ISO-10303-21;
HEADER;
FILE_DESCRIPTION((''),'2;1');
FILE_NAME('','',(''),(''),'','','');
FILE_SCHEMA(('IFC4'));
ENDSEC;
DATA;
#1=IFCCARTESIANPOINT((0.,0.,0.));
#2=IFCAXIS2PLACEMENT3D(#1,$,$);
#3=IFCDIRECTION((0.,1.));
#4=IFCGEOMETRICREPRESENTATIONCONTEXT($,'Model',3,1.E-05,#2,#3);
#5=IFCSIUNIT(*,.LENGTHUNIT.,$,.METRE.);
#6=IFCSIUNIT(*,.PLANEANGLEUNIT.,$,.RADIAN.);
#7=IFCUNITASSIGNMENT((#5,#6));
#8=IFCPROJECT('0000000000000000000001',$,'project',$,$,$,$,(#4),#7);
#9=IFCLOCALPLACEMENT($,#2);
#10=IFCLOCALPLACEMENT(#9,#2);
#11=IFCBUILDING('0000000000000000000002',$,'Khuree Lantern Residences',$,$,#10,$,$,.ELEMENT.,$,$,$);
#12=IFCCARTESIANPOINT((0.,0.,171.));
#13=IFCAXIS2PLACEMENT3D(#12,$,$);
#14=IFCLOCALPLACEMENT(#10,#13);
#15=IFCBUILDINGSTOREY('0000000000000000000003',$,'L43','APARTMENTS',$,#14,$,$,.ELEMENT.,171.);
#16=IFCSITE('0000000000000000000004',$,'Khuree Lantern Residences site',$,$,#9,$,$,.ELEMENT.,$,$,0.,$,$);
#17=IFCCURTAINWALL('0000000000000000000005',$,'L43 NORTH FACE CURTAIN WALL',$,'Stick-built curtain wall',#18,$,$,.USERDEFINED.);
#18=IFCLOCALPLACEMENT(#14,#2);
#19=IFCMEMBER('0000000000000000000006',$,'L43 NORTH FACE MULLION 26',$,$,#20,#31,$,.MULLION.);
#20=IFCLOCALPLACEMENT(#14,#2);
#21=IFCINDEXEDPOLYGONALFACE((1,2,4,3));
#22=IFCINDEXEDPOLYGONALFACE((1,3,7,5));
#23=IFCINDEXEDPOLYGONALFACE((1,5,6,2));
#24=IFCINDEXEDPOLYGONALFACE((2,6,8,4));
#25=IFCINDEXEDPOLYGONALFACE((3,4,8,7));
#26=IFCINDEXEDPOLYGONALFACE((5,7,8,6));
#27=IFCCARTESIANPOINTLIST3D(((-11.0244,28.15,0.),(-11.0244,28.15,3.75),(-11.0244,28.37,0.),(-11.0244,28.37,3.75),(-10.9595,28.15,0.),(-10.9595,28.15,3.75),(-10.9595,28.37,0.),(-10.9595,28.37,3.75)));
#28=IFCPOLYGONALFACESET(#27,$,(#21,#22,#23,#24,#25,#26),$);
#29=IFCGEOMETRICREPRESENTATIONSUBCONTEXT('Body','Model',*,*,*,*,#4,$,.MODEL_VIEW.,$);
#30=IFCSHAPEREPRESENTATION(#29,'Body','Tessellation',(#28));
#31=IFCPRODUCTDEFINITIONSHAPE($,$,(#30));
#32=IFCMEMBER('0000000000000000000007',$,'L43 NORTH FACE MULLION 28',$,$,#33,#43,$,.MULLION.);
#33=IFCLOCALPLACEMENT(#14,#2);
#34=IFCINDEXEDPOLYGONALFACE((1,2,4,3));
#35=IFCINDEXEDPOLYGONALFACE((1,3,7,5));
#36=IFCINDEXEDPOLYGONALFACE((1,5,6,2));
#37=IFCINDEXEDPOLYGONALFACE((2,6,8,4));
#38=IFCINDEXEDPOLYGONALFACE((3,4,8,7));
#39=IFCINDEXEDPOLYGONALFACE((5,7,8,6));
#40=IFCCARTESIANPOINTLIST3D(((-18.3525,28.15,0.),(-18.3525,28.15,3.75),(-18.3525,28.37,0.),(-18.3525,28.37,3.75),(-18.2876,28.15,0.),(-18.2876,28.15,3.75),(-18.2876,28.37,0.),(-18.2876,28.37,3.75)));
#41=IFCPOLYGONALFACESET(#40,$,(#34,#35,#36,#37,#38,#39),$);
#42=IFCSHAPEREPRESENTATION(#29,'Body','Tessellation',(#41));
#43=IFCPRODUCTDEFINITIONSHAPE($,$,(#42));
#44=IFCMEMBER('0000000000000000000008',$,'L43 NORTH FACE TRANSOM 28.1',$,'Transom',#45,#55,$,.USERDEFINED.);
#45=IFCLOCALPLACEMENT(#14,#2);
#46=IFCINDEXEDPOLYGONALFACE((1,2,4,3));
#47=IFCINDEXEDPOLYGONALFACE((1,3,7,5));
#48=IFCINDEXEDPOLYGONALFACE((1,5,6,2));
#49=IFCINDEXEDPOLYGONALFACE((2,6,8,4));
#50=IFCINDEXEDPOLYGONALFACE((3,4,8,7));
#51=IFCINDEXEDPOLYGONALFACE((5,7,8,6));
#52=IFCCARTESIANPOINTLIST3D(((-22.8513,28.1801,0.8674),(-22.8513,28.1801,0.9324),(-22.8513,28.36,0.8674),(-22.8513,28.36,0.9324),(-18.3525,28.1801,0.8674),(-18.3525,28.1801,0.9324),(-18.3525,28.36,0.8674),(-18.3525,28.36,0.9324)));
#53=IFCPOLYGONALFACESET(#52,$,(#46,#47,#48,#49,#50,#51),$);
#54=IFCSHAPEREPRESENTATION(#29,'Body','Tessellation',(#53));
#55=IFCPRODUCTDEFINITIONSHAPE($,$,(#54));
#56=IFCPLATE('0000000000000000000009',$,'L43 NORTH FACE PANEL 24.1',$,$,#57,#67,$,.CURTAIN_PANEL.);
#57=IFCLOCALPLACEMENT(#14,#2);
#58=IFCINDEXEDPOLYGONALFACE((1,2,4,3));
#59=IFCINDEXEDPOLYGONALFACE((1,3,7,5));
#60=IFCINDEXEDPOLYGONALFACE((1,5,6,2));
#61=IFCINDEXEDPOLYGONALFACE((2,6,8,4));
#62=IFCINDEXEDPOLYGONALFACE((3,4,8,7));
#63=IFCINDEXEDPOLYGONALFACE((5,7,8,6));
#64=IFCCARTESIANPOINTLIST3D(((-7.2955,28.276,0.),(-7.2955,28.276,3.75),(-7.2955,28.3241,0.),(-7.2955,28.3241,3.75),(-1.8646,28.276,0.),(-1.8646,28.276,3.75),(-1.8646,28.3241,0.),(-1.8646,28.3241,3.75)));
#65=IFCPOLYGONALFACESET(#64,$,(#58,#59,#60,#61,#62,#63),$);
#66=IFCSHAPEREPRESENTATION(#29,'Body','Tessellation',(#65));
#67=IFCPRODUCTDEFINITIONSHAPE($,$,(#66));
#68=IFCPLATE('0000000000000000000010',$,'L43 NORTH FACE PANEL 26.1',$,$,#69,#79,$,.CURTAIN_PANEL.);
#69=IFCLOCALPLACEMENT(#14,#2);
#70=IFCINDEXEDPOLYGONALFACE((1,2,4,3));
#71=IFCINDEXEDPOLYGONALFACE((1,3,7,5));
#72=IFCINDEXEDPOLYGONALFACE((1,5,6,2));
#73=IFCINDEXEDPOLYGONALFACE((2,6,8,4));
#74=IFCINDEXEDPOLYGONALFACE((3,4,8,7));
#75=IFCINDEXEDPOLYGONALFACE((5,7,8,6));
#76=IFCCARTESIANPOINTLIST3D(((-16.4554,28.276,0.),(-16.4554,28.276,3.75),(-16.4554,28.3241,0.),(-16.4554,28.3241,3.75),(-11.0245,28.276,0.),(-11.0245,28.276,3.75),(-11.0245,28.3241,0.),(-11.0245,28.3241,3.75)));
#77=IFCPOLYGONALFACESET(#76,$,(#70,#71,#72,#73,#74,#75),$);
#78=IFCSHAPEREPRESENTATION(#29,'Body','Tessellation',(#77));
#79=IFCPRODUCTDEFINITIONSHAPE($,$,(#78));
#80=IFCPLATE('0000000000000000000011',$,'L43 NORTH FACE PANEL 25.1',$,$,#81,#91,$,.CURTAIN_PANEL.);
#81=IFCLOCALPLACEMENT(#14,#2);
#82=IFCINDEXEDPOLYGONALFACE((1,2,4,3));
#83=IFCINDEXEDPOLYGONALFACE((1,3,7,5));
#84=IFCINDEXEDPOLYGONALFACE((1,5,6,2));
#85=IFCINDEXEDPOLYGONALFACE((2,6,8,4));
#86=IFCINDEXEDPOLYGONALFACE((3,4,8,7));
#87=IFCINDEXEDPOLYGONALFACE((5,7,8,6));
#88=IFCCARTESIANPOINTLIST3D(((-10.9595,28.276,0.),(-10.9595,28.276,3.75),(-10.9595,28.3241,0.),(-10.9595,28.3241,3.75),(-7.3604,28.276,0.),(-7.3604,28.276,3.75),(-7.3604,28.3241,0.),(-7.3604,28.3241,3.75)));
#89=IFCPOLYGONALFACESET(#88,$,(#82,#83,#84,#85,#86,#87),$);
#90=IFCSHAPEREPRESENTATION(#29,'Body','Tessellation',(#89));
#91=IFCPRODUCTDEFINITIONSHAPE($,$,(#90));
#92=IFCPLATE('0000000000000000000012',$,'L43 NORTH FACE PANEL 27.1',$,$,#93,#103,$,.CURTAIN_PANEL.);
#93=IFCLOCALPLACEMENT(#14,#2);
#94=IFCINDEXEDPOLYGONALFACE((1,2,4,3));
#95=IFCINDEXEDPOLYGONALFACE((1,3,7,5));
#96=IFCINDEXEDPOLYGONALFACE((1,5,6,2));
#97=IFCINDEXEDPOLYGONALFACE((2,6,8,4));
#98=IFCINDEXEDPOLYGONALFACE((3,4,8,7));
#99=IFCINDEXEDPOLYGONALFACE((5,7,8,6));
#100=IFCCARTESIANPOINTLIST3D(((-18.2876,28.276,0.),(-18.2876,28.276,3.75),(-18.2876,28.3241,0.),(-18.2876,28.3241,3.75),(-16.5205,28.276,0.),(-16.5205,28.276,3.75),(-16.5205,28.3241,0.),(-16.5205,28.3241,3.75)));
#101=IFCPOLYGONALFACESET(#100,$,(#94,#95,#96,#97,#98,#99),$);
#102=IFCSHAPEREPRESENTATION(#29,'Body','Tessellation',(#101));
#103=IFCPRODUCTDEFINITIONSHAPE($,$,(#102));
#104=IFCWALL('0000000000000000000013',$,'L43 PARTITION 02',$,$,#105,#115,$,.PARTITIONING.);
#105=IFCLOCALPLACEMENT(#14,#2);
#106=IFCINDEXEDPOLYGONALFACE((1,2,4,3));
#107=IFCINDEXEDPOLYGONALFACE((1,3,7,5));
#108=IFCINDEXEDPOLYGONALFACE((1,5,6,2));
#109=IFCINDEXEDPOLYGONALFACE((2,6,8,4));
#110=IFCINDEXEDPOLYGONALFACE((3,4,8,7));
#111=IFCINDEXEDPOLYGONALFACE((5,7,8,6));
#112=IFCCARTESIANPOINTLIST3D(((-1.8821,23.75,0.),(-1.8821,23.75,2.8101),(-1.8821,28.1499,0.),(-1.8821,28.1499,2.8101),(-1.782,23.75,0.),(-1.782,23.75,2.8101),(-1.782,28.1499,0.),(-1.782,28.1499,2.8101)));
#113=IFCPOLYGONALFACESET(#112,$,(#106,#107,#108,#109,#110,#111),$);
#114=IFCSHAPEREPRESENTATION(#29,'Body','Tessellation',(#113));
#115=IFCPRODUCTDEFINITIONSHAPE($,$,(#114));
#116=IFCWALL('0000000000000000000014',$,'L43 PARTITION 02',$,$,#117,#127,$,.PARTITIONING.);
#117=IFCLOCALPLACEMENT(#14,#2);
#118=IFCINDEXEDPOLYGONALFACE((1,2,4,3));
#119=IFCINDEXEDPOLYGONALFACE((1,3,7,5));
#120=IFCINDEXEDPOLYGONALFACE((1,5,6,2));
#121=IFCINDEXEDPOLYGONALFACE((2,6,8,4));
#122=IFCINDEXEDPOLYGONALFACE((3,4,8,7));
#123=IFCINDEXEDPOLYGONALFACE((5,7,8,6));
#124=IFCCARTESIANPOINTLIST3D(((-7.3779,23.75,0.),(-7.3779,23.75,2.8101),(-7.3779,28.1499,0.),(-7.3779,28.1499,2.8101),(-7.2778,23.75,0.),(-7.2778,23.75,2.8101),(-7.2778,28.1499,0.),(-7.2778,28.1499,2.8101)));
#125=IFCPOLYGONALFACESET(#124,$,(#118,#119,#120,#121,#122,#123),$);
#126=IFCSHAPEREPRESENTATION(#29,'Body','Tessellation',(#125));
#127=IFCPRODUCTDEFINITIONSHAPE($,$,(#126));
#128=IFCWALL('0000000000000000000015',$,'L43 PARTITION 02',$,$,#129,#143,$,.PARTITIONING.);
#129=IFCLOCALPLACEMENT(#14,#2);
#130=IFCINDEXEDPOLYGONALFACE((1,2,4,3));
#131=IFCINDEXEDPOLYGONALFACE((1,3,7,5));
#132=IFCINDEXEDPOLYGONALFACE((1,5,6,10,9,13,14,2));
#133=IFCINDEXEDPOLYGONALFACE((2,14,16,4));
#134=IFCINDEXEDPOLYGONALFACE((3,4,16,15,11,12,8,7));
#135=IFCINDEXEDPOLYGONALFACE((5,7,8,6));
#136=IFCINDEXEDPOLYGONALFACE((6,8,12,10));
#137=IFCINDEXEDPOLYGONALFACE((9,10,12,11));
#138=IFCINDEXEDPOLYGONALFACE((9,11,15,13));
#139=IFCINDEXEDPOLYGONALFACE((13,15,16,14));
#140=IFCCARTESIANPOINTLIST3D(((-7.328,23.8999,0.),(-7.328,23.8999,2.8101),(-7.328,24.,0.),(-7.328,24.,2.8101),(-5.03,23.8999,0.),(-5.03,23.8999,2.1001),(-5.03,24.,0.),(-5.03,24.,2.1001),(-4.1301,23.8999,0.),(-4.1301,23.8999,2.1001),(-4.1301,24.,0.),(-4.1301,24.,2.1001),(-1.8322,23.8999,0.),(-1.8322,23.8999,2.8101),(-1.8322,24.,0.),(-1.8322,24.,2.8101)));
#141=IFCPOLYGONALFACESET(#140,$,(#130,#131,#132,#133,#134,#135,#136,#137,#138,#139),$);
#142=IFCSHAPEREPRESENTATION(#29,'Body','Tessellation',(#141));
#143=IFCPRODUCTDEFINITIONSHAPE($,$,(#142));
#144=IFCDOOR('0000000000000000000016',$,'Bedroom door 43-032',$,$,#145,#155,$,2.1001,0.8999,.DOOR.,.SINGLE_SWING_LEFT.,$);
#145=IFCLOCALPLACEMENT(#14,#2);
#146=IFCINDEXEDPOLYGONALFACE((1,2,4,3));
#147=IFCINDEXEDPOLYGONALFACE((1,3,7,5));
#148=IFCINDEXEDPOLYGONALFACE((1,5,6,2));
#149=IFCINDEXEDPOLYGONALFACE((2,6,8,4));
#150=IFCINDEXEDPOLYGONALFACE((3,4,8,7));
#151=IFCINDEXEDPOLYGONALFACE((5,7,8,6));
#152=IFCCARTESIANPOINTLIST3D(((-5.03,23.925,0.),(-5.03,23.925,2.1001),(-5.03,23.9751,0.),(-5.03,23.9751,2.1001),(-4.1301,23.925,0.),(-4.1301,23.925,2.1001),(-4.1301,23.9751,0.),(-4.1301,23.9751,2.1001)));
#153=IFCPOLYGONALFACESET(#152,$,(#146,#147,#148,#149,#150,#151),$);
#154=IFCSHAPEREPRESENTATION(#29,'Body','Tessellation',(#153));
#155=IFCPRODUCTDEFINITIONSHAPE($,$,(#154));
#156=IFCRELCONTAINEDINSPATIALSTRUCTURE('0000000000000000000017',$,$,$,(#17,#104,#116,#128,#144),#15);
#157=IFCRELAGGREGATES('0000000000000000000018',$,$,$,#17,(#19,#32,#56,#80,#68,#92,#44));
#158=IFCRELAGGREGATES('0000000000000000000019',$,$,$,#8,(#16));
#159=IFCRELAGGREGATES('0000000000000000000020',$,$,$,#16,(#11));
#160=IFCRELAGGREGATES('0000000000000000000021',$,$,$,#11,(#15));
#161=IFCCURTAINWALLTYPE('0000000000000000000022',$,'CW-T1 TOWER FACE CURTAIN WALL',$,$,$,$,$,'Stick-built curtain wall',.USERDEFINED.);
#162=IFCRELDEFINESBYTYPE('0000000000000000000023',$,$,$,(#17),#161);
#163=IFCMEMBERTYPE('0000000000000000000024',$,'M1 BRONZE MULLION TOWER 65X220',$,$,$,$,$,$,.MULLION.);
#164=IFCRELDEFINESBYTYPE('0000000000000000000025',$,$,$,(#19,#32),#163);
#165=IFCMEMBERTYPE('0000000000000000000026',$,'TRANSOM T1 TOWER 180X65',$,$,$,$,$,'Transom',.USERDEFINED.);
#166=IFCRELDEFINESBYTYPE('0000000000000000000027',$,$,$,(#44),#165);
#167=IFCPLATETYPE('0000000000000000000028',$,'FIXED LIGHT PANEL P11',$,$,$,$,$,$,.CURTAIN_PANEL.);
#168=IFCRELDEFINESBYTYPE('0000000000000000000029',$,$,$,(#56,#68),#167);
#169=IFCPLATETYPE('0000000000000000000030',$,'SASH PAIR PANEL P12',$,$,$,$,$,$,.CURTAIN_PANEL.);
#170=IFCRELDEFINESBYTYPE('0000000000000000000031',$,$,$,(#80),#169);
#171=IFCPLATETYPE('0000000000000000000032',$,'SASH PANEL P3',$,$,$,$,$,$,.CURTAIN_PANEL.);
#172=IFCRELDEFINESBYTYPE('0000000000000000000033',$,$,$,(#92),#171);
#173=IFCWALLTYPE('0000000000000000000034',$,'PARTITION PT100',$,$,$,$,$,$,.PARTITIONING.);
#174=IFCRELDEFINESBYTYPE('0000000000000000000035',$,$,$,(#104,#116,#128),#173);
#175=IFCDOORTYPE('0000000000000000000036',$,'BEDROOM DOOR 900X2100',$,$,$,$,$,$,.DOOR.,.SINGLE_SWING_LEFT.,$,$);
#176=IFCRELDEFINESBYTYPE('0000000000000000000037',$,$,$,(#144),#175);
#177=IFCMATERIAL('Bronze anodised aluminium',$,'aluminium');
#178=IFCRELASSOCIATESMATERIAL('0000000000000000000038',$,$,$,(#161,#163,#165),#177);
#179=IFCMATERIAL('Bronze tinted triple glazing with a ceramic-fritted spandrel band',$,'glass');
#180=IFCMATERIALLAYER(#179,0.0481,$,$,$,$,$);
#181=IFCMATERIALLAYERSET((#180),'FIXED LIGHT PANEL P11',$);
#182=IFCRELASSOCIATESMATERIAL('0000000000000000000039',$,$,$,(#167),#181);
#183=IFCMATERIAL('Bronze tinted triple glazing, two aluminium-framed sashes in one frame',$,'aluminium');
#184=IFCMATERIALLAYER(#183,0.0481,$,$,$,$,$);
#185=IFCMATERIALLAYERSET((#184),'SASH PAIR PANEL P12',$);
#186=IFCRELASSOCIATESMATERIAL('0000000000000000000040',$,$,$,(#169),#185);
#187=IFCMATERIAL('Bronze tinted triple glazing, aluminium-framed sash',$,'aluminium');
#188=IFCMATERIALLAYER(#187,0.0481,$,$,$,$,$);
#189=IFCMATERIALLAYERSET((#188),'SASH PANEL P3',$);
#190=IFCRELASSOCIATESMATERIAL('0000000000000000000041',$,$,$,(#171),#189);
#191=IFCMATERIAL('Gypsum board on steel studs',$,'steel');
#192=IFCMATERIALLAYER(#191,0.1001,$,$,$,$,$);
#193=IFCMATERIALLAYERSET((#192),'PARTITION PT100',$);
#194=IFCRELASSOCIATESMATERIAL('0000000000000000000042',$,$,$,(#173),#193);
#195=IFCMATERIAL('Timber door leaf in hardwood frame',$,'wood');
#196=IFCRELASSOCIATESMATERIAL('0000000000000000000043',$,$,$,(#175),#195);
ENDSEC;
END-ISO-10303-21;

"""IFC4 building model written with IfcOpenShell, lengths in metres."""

from ifc_helpers import new_model, si_unit, direction, frame, frame_2d, origin, origin_2d, place, context, subcontext, project, spatial, rectangle, extrude, material, layer, layer_set, material_profile, profile_set, type_object, element, fill, aggregate, save


model = new_model("IFC4")

# Units and contexts
model_context = context("Model", 3, precision=1e-05, world=origin(), true_north=direction((0.0, 1.0)))
body_context = subcontext(model_context, "Body", "Model", "MODEL_VIEW")
ifc_project = project(units=[si_unit("LENGTHUNIT", "METRE"), si_unit("PLANEANGLEUNIT", "RADIAN")], contexts=[model_context])

# Site, building, storey
site_placement = place(None, origin())
site = spatial("IfcSite", under=ifc_project, at=site_placement, Name="Khuree Lantern Residences site", CompositionType="ELEMENT", RefElevation=0.0)
building_placement = place(site_placement, origin())
building = spatial("IfcBuilding", under=site, at=building_placement, Name="Khuree Lantern Residences", CompositionType="ELEMENT")
storey_placement = place(building_placement, frame((0.0, 0.0, 171.0)))
storey = spatial("IfcBuildingStorey", under=building, at=storey_placement, Name="L43", Description="APARTMENTS", CompositionType="ELEMENT", Elevation=171.0)

# Curtain wall
ifc_material_1 = material(Name="Bronze anodised aluminium", Category="aluminium")
curtain_wall_type = type_object("IfcCurtainWallType", Name="CW-T1 TOWER FACE CURTAIN WALL", ElementType="Stick-built curtain wall", PredefinedType="USERDEFINED", material=ifc_material_1)
curtain_wall_placement = place(storey_placement, origin())
curtain_wall = element("IfcCurtainWall", 1, at=curtain_wall_placement, inside=storey, type_object=curtain_wall_type, Name="L43 NORTH FACE CURTAIN WALL", ObjectType="Stick-built curtain wall", PredefinedType="USERDEFINED")

# Members
ifc_material_profile_1 = material_profile(ifc_material_1, rectangle(XDim=0.0649, YDim=0.22, at=origin_2d()), Name="M1 65X220")
ifc_profile_set_1 = profile_set([ifc_material_profile_1], Name="Bronze anodised aluminium")
member_type_1 = type_object("IfcMemberType", Name="M1 BRONZE MULLION TOWER 65X220", PredefinedType="MULLION", material=ifc_profile_set_1)
member_1_placement = place(storey_placement, frame((-10.9919, 28.26, 0.0), z_axis=(0.0, 0.0, 1.0), x_axis=(-1.0, 0.0, 0.0)))
member_1 = element("IfcMember", 2, at=member_1_placement, type_object=member_type_1, Name="L43 NORTH FACE MULLION 26", PredefinedType="MULLION", context=body_context, shape_type="SweptSolid", body=[
    extrude(rectangle(XDim=0.0649, YDim=0.22, at=origin_2d()), origin(), (0.0, 0.0, 1.0), 3.75),
])
member_2_placement = place(storey_placement, frame((-18.3201, 28.26, 0.0), z_axis=(0.0, 0.0, 1.0), x_axis=(-1.0, 0.0, 0.0)))
member_2 = element("IfcMember", 3, at=member_2_placement, type_object=member_type_1, Name="L43 NORTH FACE MULLION 28", PredefinedType="MULLION", context=body_context, shape_type="SweptSolid", body=[
    extrude(rectangle(XDim=0.0649, YDim=0.22, at=origin_2d()), origin(), (0.0, 0.0, 1.0), 3.75),
])
ifc_material_profile_2 = material_profile(ifc_material_1, rectangle(XDim=0.1799, YDim=0.0649, at=origin_2d()), Name="T1 180X65")
ifc_profile_set_2 = profile_set([ifc_material_profile_2], Name="Bronze anodised aluminium")
member_type_2 = type_object("IfcMemberType", Name="TRANSOM T1 TOWER 180X65", ElementType="Transom", PredefinedType="USERDEFINED", material=ifc_profile_set_2)
member_3_placement = place(storey_placement, frame((-18.3525, 28.27, 0.8999), z_axis=(-1.0, 0.0, 0.0), x_axis=(0.0, -1.0, 0.0)))
member_3 = element("IfcMember", 4, at=member_3_placement, type_object=member_type_2, Name="L43 NORTH FACE TRANSOM 28.1", ObjectType="Transom", PredefinedType="USERDEFINED", context=body_context, shape_type="SweptSolid", body=[
    extrude(rectangle(XDim=0.1799, YDim=0.0649, at=origin_2d()), origin(), (0.0, 0.0, 1.0), 4.4988),
])

# Plates
ifc_material_2 = material(Name="Bronze tinted triple glazing with a ceramic-fritted spandrel band", Category="glass")
ifc_layer_1 = layer(ifc_material_2, 0.0481)
ifc_layer_set_1 = layer_set([ifc_layer_1], Name="FIXED LIGHT PANEL P11")
plate_type_1 = type_object("IfcPlateType", Name="FIXED LIGHT PANEL P11", PredefinedType="CURTAIN_PANEL", material=ifc_layer_set_1)
plate_1_placement = place(storey_placement, frame((-4.5801, 28.3, 0.0), z_axis=(0.0, 0.0, 1.0), x_axis=(-1.0, 0.0, 0.0)))
plate_1 = element("IfcPlate", 5, at=plate_1_placement, type_object=plate_type_1, Name="L43 NORTH FACE PANEL 24.1", PredefinedType="CURTAIN_PANEL", context=body_context, shape_type="SweptSolid", body=[
    extrude(rectangle(XDim=5.4309, YDim=0.0481, at=origin_2d()), origin(), (0.0, 0.0, 1.0), 3.75),
])
plate_2_placement = place(storey_placement, frame((-13.74, 28.3, 0.0), z_axis=(0.0, 0.0, 1.0), x_axis=(-1.0, 0.0, 0.0)))
plate_2 = element("IfcPlate", 6, at=plate_2_placement, type_object=plate_type_1, Name="L43 NORTH FACE PANEL 26.1", PredefinedType="CURTAIN_PANEL", context=body_context, shape_type="SweptSolid", body=[
    extrude(rectangle(XDim=5.4309, YDim=0.0481, at=origin_2d()), origin(), (0.0, 0.0, 1.0), 3.75),
])
ifc_material_3 = material(Name="Bronze tinted triple glazing, two aluminium-framed sashes in one frame", Category="aluminium")
ifc_layer_2 = layer(ifc_material_3, 0.0481)
ifc_layer_set_2 = layer_set([ifc_layer_2], Name="SASH PAIR PANEL P12")
plate_type_2 = type_object("IfcPlateType", Name="SASH PAIR PANEL P12", PredefinedType="CURTAIN_PANEL", material=ifc_layer_set_2)
plate_3_placement = place(storey_placement, frame((-9.1599, 28.3, 0.0), z_axis=(0.0, 0.0, 1.0), x_axis=(-1.0, 0.0, 0.0)))
plate_3 = element("IfcPlate", 7, at=plate_3_placement, type_object=plate_type_2, Name="L43 NORTH FACE PANEL 25.1", PredefinedType="CURTAIN_PANEL", context=body_context, shape_type="SweptSolid", body=[
    extrude(rectangle(XDim=3.5991, YDim=0.0481, at=origin_2d()), origin(), (0.0, 0.0, 1.0), 3.75),
])
ifc_material_4 = material(Name="Bronze tinted triple glazing, aluminium-framed sash", Category="aluminium")
ifc_layer_3 = layer(ifc_material_4, 0.0481)
ifc_layer_set_3 = layer_set([ifc_layer_3], Name="SASH PANEL P3")
plate_type_3 = type_object("IfcPlateType", Name="SASH PANEL P3", PredefinedType="CURTAIN_PANEL", material=ifc_layer_set_3)
plate_4_placement = place(storey_placement, frame((-17.4041, 28.3, 0.0), z_axis=(0.0, 0.0, 1.0), x_axis=(-1.0, 0.0, 0.0)))
plate_4 = element("IfcPlate", 8, at=plate_4_placement, type_object=plate_type_3, Name="L43 NORTH FACE PANEL 27.1", PredefinedType="CURTAIN_PANEL", context=body_context, shape_type="SweptSolid", body=[
    extrude(rectangle(XDim=1.7671, YDim=0.0481, at=origin_2d()), origin(), (0.0, 0.0, 1.0), 3.75),
])
aggregate(curtain_wall, [member_1, member_2, plate_1, plate_3, plate_2, plate_4, member_3])

# Walls
ifc_material_5 = material(Name="Gypsum board on steel studs", Category="steel")
ifc_layer_4 = layer(ifc_material_5, 0.1001)
ifc_layer_set_4 = layer_set([ifc_layer_4], Name="PARTITION PT100")
wall_type = type_object("IfcWallType", Name="PARTITION PT100", PredefinedType="PARTITIONING", material=ifc_layer_set_4)
for number, where, z_axis, x_axis, name in (
    (9, (-1.832, 23.75, 0.0), (0.0, 0.0, 1.0), (0.0, 1.0, 0.0), "L43 PARTITION 02"),
    (10, (-7.3279, 23.75, 0.0), (0.0, 0.0, 1.0), (0.0, 1.0, 0.0), "L43 PARTITION 02"),
):
    element("IfcWall", number, at=place(storey_placement, frame(where, z_axis=z_axis, x_axis=x_axis)), inside=storey, type_object=wall_type, Name=name, PredefinedType="PARTITIONING", context=body_context, shape_type="SweptSolid", body=[
        extrude(rectangle(XDim=4.3999, YDim=0.1001, at=frame_2d((2.2, 0.0))), origin(), (0.0, 0.0, 1.0), 2.8101),
    ])

# Wall, opening, door
wall_1_placement = place(storey_placement, frame((-1.832, 23.95, 0.0), z_axis=(0.0, 0.0, 1.0), x_axis=(-1.0, 0.0, 0.0)))
wall_1 = element("IfcWall", 11, at=wall_1_placement, inside=storey, type_object=wall_type, Name="L43 PARTITION 02", PredefinedType="PARTITIONING", context=body_context, shape_type="SweptSolid", body=[
    extrude(rectangle(XDim=5.4958, YDim=0.1001, at=frame_2d((2.748, 0.0))), origin(), (0.0, 0.0, 1.0), 2.8101),
])
opening_1_placement = place(wall_1_placement, frame((2.2981, 0.0, 0.0)))
opening_1 = element("IfcOpeningElement", 12, at=opening_1_placement, cuts=wall_1, PredefinedType="OPENING", context=body_context, shape_type="SweptSolid", body=[
    extrude(rectangle(XDim=0.8999, YDim=2.1001, at=frame_2d((0.45, 1.05))), frame((0.0, 0.0601, 0.0), z_axis=(0.0, -1.0, 0.0), x_axis=(1.0, 0.0, 0.0)), (0.0, 0.0, 1.0), 0.1201),
])
ifc_material_6 = material(Name="Timber door leaf in hardwood frame", Category="wood")
door_type = type_object("IfcDoorType", Name="BEDROOM DOOR 900X2100", OperationType="SINGLE_SWING_LEFT", PredefinedType="DOOR", material=ifc_material_6)
door_1_placement = place(opening_1_placement, origin())
door_1 = element("IfcDoor", 13, at=door_1_placement, inside=storey, type_object=door_type, Name="Bedroom door 43-032", OperationType="SINGLE_SWING_LEFT", OverallHeight=2.1001, OverallWidth=0.8999, PredefinedType="DOOR", context=body_context, shape_type="SweptSolid", body=[
    extrude(rectangle(XDim=0.8999, YDim=2.1001, at=frame_2d((0.45, 1.05))), frame((0.0, 0.0249, 0.0), z_axis=(0.0, -1.0, 0.0), x_axis=(1.0, 0.0, 0.0)), (0.0, 0.0, 1.0), 0.05),
])
fill(opening_1, door_1)

save(model, "model.ifc")
